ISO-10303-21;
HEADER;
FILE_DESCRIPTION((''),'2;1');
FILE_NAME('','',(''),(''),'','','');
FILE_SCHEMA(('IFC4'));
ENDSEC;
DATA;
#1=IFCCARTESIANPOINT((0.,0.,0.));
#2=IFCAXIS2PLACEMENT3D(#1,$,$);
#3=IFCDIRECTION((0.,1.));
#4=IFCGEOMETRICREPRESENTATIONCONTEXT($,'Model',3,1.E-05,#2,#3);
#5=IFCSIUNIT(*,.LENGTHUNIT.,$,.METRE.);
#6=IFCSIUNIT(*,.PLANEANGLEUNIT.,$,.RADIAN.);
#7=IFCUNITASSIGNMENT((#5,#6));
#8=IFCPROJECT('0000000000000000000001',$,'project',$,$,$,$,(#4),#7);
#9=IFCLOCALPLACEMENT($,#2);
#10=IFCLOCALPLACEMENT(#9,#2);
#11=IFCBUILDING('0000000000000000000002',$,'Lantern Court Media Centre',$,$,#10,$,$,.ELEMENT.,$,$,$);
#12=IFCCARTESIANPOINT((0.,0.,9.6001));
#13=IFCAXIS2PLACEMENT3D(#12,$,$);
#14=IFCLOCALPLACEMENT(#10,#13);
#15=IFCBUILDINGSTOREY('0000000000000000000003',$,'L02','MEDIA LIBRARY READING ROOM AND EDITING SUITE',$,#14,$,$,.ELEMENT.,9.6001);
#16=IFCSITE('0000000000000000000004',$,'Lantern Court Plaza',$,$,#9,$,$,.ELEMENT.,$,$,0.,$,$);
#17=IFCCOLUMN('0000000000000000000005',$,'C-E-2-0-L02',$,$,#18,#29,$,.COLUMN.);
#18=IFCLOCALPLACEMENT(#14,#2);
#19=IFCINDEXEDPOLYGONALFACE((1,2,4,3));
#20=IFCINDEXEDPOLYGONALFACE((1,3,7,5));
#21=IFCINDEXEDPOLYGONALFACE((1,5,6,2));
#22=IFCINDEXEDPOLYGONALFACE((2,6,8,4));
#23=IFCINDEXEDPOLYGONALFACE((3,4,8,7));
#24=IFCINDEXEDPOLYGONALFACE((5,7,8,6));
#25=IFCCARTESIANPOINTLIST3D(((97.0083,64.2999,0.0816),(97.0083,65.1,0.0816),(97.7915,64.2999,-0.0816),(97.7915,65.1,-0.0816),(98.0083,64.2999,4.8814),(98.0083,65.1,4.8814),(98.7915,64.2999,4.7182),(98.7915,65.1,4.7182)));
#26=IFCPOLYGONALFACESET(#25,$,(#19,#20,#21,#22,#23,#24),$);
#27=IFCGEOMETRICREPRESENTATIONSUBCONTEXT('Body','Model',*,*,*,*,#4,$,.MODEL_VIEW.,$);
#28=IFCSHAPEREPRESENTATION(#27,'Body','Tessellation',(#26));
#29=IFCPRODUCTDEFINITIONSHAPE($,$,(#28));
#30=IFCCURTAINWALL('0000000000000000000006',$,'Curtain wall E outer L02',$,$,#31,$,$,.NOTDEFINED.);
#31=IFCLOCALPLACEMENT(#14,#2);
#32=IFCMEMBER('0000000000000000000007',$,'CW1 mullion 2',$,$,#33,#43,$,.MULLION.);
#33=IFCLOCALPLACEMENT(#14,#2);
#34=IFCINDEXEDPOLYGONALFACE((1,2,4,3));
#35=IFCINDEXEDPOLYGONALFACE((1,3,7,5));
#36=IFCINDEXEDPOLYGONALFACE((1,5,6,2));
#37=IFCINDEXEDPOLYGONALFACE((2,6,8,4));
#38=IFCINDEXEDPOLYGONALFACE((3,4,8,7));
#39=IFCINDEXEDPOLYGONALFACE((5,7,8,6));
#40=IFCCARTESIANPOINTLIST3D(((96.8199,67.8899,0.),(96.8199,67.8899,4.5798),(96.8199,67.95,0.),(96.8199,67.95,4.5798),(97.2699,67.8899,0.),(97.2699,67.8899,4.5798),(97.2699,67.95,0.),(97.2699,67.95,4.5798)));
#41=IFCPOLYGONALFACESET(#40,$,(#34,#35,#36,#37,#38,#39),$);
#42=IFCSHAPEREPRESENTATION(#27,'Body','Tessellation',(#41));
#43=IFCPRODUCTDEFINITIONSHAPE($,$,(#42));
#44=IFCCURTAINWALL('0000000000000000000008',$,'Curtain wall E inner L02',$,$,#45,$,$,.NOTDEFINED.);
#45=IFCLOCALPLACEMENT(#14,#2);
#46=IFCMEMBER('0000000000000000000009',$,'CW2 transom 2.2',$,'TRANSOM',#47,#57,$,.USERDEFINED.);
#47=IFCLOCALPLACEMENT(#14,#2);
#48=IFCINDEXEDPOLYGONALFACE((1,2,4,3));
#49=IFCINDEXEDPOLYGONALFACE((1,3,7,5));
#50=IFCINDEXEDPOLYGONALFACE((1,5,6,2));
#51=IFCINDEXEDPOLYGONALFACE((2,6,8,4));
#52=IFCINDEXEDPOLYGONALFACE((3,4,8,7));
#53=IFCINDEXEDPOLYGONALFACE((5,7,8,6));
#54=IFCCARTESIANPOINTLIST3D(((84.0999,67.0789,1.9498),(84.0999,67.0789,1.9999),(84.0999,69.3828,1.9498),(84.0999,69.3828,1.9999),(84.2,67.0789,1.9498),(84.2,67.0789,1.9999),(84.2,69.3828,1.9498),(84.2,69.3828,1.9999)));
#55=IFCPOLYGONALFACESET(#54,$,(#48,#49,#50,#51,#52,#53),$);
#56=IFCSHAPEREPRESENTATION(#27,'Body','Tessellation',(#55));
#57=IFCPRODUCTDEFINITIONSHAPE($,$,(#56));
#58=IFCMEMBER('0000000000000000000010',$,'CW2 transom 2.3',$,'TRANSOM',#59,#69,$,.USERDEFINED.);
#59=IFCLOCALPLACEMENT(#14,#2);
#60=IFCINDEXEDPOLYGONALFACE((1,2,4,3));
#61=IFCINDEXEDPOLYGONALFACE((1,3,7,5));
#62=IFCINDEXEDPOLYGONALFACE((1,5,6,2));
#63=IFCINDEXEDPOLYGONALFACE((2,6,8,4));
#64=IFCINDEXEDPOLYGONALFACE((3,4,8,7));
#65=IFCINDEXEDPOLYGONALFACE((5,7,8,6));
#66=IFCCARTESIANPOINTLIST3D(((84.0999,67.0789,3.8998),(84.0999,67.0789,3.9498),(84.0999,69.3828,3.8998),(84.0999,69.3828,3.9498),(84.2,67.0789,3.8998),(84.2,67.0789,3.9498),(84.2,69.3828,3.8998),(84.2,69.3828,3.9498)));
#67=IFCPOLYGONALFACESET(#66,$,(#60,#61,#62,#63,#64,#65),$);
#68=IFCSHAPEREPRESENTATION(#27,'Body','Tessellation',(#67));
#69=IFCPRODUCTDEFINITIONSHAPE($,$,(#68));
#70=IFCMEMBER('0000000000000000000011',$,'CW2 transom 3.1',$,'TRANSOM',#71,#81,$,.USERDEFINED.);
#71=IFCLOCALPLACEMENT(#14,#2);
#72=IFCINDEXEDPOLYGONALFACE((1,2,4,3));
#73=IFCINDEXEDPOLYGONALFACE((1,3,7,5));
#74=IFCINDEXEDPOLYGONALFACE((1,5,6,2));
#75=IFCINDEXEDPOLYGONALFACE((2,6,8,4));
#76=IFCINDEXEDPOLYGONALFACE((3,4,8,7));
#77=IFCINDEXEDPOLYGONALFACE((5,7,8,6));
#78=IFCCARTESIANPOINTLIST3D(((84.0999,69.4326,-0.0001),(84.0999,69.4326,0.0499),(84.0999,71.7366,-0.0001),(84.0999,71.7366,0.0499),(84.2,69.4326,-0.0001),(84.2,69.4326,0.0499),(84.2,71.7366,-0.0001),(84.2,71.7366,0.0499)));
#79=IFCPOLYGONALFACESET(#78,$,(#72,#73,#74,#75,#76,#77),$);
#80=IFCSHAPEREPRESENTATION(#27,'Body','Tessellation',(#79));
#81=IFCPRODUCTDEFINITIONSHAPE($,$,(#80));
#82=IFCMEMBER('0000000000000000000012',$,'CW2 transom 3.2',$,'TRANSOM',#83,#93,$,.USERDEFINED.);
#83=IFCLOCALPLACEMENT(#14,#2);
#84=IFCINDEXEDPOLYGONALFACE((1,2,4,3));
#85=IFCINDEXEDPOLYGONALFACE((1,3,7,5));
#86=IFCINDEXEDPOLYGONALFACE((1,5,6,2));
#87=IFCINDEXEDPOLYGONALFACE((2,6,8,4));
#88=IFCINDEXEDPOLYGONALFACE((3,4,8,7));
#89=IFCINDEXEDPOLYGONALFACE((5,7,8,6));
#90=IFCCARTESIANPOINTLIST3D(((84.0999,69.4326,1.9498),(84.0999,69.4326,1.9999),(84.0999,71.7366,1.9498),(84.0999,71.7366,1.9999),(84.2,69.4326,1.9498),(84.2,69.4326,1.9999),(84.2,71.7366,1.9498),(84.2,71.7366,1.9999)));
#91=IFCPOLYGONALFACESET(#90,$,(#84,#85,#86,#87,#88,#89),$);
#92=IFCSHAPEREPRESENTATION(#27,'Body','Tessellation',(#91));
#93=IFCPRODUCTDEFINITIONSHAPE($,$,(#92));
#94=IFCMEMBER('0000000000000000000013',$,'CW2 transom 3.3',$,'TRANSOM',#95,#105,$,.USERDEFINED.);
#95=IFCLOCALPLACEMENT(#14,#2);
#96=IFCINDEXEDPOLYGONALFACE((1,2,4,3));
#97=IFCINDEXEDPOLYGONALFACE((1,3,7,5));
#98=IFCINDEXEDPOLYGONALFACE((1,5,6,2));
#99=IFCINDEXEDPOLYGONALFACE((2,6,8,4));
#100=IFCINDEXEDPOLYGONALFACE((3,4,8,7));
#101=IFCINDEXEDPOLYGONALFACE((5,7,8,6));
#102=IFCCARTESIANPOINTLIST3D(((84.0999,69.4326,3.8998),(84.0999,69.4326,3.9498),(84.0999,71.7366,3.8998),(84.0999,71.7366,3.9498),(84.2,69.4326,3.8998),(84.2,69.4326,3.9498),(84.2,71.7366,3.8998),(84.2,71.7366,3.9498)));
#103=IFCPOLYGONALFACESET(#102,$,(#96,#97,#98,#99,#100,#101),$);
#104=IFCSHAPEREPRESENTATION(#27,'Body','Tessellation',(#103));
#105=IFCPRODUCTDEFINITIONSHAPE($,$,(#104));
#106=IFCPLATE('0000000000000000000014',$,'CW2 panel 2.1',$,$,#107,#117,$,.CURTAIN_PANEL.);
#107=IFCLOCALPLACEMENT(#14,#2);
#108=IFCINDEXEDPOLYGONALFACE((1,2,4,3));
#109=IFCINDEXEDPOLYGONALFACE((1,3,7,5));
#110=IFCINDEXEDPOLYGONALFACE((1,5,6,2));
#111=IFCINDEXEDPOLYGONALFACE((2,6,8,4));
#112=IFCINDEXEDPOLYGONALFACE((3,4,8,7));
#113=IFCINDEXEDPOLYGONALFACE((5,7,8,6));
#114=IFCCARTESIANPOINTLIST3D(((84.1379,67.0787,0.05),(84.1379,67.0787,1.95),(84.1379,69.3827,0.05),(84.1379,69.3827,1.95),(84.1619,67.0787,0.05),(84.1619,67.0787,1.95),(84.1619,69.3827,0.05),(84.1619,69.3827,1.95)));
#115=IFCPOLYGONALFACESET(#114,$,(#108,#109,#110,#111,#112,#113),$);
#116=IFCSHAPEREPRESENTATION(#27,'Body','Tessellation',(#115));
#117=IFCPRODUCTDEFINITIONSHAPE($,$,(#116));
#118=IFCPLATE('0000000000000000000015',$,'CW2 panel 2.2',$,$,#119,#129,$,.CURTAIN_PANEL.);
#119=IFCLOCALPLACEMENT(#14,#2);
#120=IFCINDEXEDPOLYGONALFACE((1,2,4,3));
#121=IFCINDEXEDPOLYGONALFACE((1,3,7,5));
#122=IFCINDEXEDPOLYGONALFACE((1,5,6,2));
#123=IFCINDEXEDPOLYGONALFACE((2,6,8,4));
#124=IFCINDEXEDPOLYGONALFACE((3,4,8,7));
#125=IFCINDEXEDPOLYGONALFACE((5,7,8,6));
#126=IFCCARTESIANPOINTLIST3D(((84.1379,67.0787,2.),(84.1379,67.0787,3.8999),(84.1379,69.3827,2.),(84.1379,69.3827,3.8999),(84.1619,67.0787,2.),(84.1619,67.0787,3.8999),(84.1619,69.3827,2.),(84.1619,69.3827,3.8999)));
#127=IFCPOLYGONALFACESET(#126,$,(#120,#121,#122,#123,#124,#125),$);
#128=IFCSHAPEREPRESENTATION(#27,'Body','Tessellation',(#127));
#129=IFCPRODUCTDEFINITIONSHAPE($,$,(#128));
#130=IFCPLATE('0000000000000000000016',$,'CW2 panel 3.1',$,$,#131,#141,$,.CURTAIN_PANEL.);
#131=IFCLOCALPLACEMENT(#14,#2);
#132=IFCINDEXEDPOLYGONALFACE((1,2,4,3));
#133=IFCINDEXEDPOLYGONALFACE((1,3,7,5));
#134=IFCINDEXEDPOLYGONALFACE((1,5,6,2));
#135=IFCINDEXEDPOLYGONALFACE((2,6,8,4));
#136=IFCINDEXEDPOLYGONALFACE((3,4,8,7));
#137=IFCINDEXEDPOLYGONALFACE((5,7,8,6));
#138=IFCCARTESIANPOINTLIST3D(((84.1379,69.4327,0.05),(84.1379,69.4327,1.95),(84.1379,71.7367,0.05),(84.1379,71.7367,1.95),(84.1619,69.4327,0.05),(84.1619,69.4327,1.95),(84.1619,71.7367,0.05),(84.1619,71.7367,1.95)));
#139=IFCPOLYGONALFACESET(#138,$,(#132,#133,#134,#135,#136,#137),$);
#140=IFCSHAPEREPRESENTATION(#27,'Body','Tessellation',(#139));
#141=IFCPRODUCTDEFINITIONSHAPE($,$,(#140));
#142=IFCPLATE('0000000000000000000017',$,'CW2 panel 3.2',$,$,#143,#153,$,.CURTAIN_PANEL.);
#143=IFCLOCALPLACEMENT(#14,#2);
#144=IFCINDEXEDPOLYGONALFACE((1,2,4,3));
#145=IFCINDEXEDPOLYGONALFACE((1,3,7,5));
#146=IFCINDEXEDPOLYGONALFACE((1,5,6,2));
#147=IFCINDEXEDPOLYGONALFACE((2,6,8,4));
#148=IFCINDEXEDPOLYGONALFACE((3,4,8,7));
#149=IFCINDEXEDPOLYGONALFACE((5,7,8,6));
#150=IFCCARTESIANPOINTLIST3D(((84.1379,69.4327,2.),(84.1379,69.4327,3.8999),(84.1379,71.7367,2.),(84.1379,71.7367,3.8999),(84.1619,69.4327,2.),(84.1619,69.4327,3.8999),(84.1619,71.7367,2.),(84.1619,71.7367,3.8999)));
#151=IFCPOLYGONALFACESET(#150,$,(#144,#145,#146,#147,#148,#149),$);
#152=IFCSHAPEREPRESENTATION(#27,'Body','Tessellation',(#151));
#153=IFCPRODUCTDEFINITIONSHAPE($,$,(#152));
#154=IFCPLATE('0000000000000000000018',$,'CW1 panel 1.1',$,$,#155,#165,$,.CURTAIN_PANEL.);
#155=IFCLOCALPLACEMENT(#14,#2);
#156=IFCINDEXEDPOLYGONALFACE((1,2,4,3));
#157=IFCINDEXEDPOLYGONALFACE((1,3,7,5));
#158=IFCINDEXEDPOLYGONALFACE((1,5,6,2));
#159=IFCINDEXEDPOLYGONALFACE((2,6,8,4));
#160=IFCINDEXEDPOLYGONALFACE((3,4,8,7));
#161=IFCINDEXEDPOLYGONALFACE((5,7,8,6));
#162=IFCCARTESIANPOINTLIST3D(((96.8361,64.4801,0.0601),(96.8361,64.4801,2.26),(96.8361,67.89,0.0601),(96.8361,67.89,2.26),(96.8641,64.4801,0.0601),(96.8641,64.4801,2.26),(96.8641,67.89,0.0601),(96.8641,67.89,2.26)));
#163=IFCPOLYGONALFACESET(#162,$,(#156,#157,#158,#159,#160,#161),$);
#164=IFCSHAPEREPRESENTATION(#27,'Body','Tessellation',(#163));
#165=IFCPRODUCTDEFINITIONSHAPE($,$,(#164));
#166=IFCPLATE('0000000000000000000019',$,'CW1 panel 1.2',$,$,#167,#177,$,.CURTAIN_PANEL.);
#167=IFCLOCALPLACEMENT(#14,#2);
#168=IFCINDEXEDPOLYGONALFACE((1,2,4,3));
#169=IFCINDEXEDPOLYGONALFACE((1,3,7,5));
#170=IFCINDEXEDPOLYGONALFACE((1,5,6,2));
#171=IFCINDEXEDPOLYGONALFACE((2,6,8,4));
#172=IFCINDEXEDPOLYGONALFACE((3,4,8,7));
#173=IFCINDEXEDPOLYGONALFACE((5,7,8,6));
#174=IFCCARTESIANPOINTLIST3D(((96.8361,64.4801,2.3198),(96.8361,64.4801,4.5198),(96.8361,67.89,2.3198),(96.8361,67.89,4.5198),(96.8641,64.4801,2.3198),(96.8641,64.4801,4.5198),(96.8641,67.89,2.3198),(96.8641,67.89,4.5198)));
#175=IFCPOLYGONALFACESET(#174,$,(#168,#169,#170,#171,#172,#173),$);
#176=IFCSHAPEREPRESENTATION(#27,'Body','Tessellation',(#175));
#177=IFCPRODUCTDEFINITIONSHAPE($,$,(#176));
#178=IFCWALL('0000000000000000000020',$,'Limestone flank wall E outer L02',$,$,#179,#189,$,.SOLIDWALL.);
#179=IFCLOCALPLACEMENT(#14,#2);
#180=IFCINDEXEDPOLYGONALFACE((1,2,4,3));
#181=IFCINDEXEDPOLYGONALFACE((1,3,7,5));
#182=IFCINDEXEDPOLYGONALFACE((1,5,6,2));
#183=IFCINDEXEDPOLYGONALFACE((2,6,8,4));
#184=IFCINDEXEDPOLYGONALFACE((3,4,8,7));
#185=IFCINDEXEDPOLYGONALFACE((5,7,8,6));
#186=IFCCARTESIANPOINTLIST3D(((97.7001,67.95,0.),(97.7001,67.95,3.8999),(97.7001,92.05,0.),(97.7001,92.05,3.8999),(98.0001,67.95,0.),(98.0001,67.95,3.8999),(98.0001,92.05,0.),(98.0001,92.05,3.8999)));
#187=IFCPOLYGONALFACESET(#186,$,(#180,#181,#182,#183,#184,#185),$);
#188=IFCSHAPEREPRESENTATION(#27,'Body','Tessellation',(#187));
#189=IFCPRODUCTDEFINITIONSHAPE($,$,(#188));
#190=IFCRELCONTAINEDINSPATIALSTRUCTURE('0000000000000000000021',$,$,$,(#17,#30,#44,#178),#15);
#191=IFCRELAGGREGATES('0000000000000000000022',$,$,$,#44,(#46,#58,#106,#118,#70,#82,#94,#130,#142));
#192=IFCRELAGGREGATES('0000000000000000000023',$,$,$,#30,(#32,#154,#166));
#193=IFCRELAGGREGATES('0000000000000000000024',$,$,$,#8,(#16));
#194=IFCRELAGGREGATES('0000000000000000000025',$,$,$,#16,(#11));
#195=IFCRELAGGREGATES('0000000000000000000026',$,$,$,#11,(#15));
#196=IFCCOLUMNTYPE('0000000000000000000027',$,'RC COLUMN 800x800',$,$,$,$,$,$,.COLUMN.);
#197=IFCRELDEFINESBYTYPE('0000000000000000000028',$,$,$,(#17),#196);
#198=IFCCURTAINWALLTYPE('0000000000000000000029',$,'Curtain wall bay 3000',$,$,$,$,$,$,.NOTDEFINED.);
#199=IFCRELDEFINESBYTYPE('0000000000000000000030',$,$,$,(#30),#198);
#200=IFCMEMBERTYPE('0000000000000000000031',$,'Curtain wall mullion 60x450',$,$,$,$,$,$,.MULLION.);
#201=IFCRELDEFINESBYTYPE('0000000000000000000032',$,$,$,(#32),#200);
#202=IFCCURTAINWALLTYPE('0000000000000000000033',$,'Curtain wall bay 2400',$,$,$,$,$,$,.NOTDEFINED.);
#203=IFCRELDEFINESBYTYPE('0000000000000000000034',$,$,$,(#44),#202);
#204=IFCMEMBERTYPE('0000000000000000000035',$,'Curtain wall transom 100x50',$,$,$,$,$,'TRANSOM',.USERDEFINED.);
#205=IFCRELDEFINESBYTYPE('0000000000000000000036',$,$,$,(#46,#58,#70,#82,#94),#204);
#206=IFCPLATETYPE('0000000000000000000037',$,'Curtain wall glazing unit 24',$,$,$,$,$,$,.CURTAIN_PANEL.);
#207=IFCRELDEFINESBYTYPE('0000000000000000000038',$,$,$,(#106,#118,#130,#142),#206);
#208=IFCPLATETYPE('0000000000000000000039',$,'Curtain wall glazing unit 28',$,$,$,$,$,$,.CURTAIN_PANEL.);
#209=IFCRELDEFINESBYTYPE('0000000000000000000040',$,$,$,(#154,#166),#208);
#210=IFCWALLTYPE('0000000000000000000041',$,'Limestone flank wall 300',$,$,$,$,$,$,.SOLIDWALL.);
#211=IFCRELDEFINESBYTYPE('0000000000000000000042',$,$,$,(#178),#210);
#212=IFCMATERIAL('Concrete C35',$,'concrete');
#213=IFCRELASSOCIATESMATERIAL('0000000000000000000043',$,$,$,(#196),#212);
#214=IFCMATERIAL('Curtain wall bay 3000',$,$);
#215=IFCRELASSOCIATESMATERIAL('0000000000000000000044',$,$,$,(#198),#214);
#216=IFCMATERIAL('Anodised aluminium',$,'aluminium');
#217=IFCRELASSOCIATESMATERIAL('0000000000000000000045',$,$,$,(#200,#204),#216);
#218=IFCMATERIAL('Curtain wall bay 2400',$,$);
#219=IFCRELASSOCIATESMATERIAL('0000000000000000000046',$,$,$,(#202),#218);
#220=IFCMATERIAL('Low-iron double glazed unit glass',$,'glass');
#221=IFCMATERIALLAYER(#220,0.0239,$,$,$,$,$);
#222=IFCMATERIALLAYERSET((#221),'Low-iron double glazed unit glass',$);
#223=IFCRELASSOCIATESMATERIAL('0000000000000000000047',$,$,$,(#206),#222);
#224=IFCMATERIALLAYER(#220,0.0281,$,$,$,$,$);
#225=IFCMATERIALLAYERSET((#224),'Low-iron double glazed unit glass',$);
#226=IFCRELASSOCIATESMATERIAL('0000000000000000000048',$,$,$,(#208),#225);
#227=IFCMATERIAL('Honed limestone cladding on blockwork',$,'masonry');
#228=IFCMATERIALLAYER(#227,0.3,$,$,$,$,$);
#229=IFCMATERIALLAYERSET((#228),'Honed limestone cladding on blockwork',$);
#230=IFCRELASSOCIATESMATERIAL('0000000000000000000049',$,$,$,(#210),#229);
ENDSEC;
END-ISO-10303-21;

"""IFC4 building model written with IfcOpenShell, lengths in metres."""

from ifc_helpers import new_model, si_unit, direction, frame, frame_2d, origin, origin_2d, place, context, subcontext, project, spatial, rectangle, extrude, material, layer, layer_set, material_profile, profile_set, type_object, element, aggregate, save


model = new_model("IFC4")

# Units and contexts
model_context = context("Model", 3, precision=1e-05, world=origin(), true_north=direction((0.0, 1.0)))
body_context = subcontext(model_context, "Body", "Model", "MODEL_VIEW")
ifc_project = project(units=[si_unit("LENGTHUNIT", "METRE"), si_unit("PLANEANGLEUNIT", "RADIAN")], contexts=[model_context])

# Site, building, storey
site_placement = place(None, origin())
site = spatial("IfcSite", under=ifc_project, at=site_placement, Name="Lantern Court Plaza", CompositionType="ELEMENT", RefElevation=0.0)
building_placement = place(site_placement, origin())
building = spatial("IfcBuilding", under=site, at=building_placement, Name="Lantern Court Media Centre", CompositionType="ELEMENT")
storey_placement = place(building_placement, frame((0.0, 0.0, 9.6001)))
storey = spatial("IfcBuildingStorey", under=building, at=storey_placement, Name="L02", Description="MEDIA LIBRARY READING ROOM AND EDITING SUITE", CompositionType="ELEMENT", Elevation=9.6001)

# Column
ifc_material_1 = material(Name="Concrete C35", Category="concrete")
ifc_material_profile_1 = material_profile(ifc_material_1, rectangle(XDim=0.8, YDim=0.8, at=origin_2d()), Name="RC 800x800")
ifc_profile_set_1 = profile_set([ifc_material_profile_1], Name="Concrete C35")
column_type = type_object("IfcColumnType", Name="RC COLUMN 800x800", PredefinedType="COLUMN", material=ifc_profile_set_1)
column_placement = place(storey_placement, frame((97.3999, 64.7, 0.0), z_axis=(0.203962, 0.0, 0.978979), x_axis=(0.0, 1.0, 0.0)))
element("IfcColumn", 1, at=column_placement, inside=storey, type_object=column_type, Name="C-E-2-0-L02", PredefinedType="COLUMN", context=body_context, shape_type="SweptSolid", body=[
    extrude(rectangle(XDim=0.8, YDim=0.8, at=origin_2d()), origin(), (0.0, 0.0, 1.0), 4.9028),
])

# Curtain wall, member
ifc_material_2 = material(Name="Curtain wall bay 3000")
curtain_wall_type_1 = type_object("IfcCurtainWallType", Name="Curtain wall bay 3000", PredefinedType="NOTDEFINED", material=ifc_material_2)
curtain_wall_1_placement = place(storey_placement, origin())
curtain_wall_1 = element("IfcCurtainWall", 2, at=curtain_wall_1_placement, inside=storey, type_object=curtain_wall_type_1, Name="Curtain wall E outer L02", PredefinedType="NOTDEFINED")
ifc_material_3 = material(Name="Anodised aluminium", Category="aluminium")
ifc_material_profile_2 = material_profile(ifc_material_3, rectangle(XDim=0.45, YDim=0.0601, at=origin_2d()), Name="AL 60x450")
ifc_profile_set_2 = profile_set([ifc_material_profile_2], Name="Anodised aluminium")
member_type_1 = type_object("IfcMemberType", Name="Curtain wall mullion 60x450", PredefinedType="MULLION", material=ifc_profile_set_2)
member_1_placement = place(storey_placement, frame((97.0449, 67.9199, 0.0), z_axis=(0.0, 0.0, 1.0), x_axis=(-1.0, 0.0, 0.0)))
member_1 = element("IfcMember", 3, at=member_1_placement, type_object=member_type_1, Name="CW1 mullion 2", PredefinedType="MULLION", context=body_context, shape_type="SweptSolid", body=[
    extrude(rectangle(XDim=0.45, YDim=0.0601, at=origin_2d()), origin(), (0.0, 0.0, 1.0), 4.5798),
])

# Curtain wall, members, plates
ifc_material_4 = material(Name="Curtain wall bay 2400")
curtain_wall_type_2 = type_object("IfcCurtainWallType", Name="Curtain wall bay 2400", PredefinedType="NOTDEFINED", material=ifc_material_4)
curtain_wall_2_placement = place(storey_placement, origin())
curtain_wall_2 = element("IfcCurtainWall", 4, at=curtain_wall_2_placement, inside=storey, type_object=curtain_wall_type_2, Name="Curtain wall E inner L02", PredefinedType="NOTDEFINED")
ifc_material_profile_3 = material_profile(ifc_material_3, rectangle(XDim=0.1001, YDim=0.05, at=origin_2d()), Name="AL 50x100")
ifc_profile_set_3 = profile_set([ifc_material_profile_3], Name="Anodised aluminium")
member_type_2 = type_object("IfcMemberType", Name="Curtain wall transom 100x50", ElementType="TRANSOM", PredefinedType="USERDEFINED", material=ifc_profile_set_3)
member_2_placement = place(storey_placement, frame((84.1499, 67.0789, 1.9749), z_axis=(0.0, 1.0, 0.0), x_axis=(-1.0, 0.0, 0.0)))
member_2 = element("IfcMember", 5, at=member_2_placement, type_object=member_type_2, Name="CW2 transom 2.2", ObjectType="TRANSOM", PredefinedType="USERDEFINED", context=body_context, shape_type="SweptSolid", body=[
    extrude(rectangle(XDim=0.1001, YDim=0.05, at=origin_2d()), origin(), (0.0, 0.0, 1.0), 2.304),
])
member_3_placement = place(storey_placement, frame((84.1499, 67.0789, 3.9248), z_axis=(0.0, 1.0, 0.0), x_axis=(-1.0, 0.0, 0.0)))
member_3 = element("IfcMember", 6, at=member_3_placement, type_object=member_type_2, Name="CW2 transom 2.3", ObjectType="TRANSOM", PredefinedType="USERDEFINED", context=body_context, shape_type="SweptSolid", body=[
    extrude(rectangle(XDim=0.1001, YDim=0.05, at=origin_2d()), origin(), (0.0, 0.0, 1.0), 2.304),
])
member_4_placement = place(storey_placement, frame((84.1499, 69.4326, 0.0249), z_axis=(0.0, 1.0, 0.0), x_axis=(-1.0, 0.0, 0.0)))
member_4 = element("IfcMember", 7, at=member_4_placement, type_object=member_type_2, Name="CW2 transom 3.1", ObjectType="TRANSOM", PredefinedType="USERDEFINED", context=body_context, shape_type="SweptSolid", body=[
    extrude(rectangle(XDim=0.1001, YDim=0.05, at=origin_2d()), origin(), (0.0, 0.0, 1.0), 2.304),
])
member_5_placement = place(storey_placement, frame((84.1499, 69.4326, 1.9749), z_axis=(0.0, 1.0, 0.0), x_axis=(-1.0, 0.0, 0.0)))
member_5 = element("IfcMember", 8, at=member_5_placement, type_object=member_type_2, Name="CW2 transom 3.2", ObjectType="TRANSOM", PredefinedType="USERDEFINED", context=body_context, shape_type="SweptSolid", body=[
    extrude(rectangle(XDim=0.1001, YDim=0.05, at=origin_2d()), origin(), (0.0, 0.0, 1.0), 2.304),
])
member_6_placement = place(storey_placement, frame((84.1499, 69.4326, 3.9248), z_axis=(0.0, 1.0, 0.0), x_axis=(-1.0, 0.0, 0.0)))
member_6 = element("IfcMember", 9, at=member_6_placement, type_object=member_type_2, Name="CW2 transom 3.3", ObjectType="TRANSOM", PredefinedType="USERDEFINED", context=body_context, shape_type="SweptSolid", body=[
    extrude(rectangle(XDim=0.1001, YDim=0.05, at=origin_2d()), origin(), (0.0, 0.0, 1.0), 2.304),
])
ifc_material_5 = material(Name="Low-iron double glazed unit glass", Category="glass")
ifc_layer_1 = layer(ifc_material_5, 0.0239)
ifc_layer_set_1 = layer_set([ifc_layer_1], Name="Low-iron double glazed unit glass")
plate_type_1 = type_object("IfcPlateType", Name="Curtain wall glazing unit 24", PredefinedType="CURTAIN_PANEL", material=ifc_layer_set_1)
plate_1_placement = place(storey_placement, frame((84.1499, 68.2307, 0.05), z_axis=(0.0, 0.0, 1.0), x_axis=(0.0, 1.0, 0.0)))
plate_1 = element("IfcPlate", 10, at=plate_1_placement, type_object=plate_type_1, Name="CW2 panel 2.1", PredefinedType="CURTAIN_PANEL", context=body_context, shape_type="SweptSolid", body=[
    extrude(rectangle(XDim=2.304, YDim=0.0239, at=origin_2d()), origin(), (0.0, 0.0, 1.0), 1.8999),
])
plate_2_placement = place(storey_placement, frame((84.1499, 68.2307, 2.0), z_axis=(0.0, 0.0, 1.0), x_axis=(0.0, 1.0, 0.0)))
plate_2 = element("IfcPlate", 11, at=plate_2_placement, type_object=plate_type_1, Name="CW2 panel 2.2", PredefinedType="CURTAIN_PANEL", context=body_context, shape_type="SweptSolid", body=[
    extrude(rectangle(XDim=2.304, YDim=0.0239, at=origin_2d()), origin(), (0.0, 0.0, 1.0), 1.8999),
])
plate_3_placement = place(storey_placement, frame((84.1499, 70.5847, 0.05), z_axis=(0.0, 0.0, 1.0), x_axis=(0.0, 1.0, 0.0)))
plate_3 = element("IfcPlate", 12, at=plate_3_placement, type_object=plate_type_1, Name="CW2 panel 3.1", PredefinedType="CURTAIN_PANEL", context=body_context, shape_type="SweptSolid", body=[
    extrude(rectangle(XDim=2.304, YDim=0.0239, at=origin_2d()), origin(), (0.0, 0.0, 1.0), 1.8999),
])
plate_4_placement = place(storey_placement, frame((84.1499, 70.5847, 2.0), z_axis=(0.0, 0.0, 1.0), x_axis=(0.0, 1.0, 0.0)))
plate_4 = element("IfcPlate", 13, at=plate_4_placement, type_object=plate_type_1, Name="CW2 panel 3.2", PredefinedType="CURTAIN_PANEL", context=body_context, shape_type="SweptSolid", body=[
    extrude(rectangle(XDim=2.304, YDim=0.0239, at=origin_2d()), origin(), (0.0, 0.0, 1.0), 1.8999),
])
aggregate(curtain_wall_2, [member_2, member_3, plate_1, plate_2, member_4, member_5, member_6, plate_3, plate_4])

# Plates
ifc_layer_2 = layer(ifc_material_5, 0.0281)
ifc_layer_set_2 = layer_set([ifc_layer_2], Name="Low-iron double glazed unit glass")
plate_type_2 = type_object("IfcPlateType", Name="Curtain wall glazing unit 28", PredefinedType="CURTAIN_PANEL", material=ifc_layer_set_2)
plate_5_placement = place(storey_placement, frame((96.8501, 66.1851, 0.0601), z_axis=(0.0, 0.0, 1.0), x_axis=(0.0, 1.0, 0.0)))
plate_5 = element("IfcPlate", 14, at=plate_5_placement, type_object=plate_type_2, Name="CW1 panel 1.1", PredefinedType="CURTAIN_PANEL", context=body_context, shape_type="SweptSolid", body=[
    extrude(rectangle(XDim=3.4099, YDim=0.0281, at=origin_2d()), origin(), (0.0, 0.0, 1.0), 2.2),
])
plate_6_placement = place(storey_placement, frame((96.8501, 66.1851, 2.3198), z_axis=(0.0, 0.0, 1.0), x_axis=(0.0, 1.0, 0.0)))
plate_6 = element("IfcPlate", 15, at=plate_6_placement, type_object=plate_type_2, Name="CW1 panel 1.2", PredefinedType="CURTAIN_PANEL", context=body_context, shape_type="SweptSolid", body=[
    extrude(rectangle(XDim=3.4099, YDim=0.0281, at=origin_2d()), origin(), (0.0, 0.0, 1.0), 2.2),
])
aggregate(curtain_wall_1, [member_1, plate_5, plate_6])

# Wall
ifc_material_6 = material(Name="Honed limestone cladding on blockwork", Category="masonry")
ifc_layer_3 = layer(ifc_material_6, 0.3)
ifc_layer_set_3 = layer_set([ifc_layer_3], Name="Honed limestone cladding on blockwork")
wall_type_1 = type_object("IfcWallType", Name="Limestone flank wall 300", PredefinedType="SOLIDWALL", material=ifc_layer_set_3)
wall_1_placement = place(storey_placement, frame((97.8501, 67.95, 0.0), z_axis=(0.0, 0.0, 1.0), x_axis=(0.0, 1.0, 0.0)))
element("IfcWall", 16, at=wall_1_placement, inside=storey, type_object=wall_type_1, Name="Limestone flank wall E outer L02", PredefinedType="SOLIDWALL", context=body_context, shape_type="SweptSolid", body=[
    extrude(rectangle(XDim=24.1001, YDim=0.3, at=frame_2d((12.05, 0.0))), origin(), (0.0, 0.0, 1.0), 3.8999),
])

save(model, "model.ifc")
